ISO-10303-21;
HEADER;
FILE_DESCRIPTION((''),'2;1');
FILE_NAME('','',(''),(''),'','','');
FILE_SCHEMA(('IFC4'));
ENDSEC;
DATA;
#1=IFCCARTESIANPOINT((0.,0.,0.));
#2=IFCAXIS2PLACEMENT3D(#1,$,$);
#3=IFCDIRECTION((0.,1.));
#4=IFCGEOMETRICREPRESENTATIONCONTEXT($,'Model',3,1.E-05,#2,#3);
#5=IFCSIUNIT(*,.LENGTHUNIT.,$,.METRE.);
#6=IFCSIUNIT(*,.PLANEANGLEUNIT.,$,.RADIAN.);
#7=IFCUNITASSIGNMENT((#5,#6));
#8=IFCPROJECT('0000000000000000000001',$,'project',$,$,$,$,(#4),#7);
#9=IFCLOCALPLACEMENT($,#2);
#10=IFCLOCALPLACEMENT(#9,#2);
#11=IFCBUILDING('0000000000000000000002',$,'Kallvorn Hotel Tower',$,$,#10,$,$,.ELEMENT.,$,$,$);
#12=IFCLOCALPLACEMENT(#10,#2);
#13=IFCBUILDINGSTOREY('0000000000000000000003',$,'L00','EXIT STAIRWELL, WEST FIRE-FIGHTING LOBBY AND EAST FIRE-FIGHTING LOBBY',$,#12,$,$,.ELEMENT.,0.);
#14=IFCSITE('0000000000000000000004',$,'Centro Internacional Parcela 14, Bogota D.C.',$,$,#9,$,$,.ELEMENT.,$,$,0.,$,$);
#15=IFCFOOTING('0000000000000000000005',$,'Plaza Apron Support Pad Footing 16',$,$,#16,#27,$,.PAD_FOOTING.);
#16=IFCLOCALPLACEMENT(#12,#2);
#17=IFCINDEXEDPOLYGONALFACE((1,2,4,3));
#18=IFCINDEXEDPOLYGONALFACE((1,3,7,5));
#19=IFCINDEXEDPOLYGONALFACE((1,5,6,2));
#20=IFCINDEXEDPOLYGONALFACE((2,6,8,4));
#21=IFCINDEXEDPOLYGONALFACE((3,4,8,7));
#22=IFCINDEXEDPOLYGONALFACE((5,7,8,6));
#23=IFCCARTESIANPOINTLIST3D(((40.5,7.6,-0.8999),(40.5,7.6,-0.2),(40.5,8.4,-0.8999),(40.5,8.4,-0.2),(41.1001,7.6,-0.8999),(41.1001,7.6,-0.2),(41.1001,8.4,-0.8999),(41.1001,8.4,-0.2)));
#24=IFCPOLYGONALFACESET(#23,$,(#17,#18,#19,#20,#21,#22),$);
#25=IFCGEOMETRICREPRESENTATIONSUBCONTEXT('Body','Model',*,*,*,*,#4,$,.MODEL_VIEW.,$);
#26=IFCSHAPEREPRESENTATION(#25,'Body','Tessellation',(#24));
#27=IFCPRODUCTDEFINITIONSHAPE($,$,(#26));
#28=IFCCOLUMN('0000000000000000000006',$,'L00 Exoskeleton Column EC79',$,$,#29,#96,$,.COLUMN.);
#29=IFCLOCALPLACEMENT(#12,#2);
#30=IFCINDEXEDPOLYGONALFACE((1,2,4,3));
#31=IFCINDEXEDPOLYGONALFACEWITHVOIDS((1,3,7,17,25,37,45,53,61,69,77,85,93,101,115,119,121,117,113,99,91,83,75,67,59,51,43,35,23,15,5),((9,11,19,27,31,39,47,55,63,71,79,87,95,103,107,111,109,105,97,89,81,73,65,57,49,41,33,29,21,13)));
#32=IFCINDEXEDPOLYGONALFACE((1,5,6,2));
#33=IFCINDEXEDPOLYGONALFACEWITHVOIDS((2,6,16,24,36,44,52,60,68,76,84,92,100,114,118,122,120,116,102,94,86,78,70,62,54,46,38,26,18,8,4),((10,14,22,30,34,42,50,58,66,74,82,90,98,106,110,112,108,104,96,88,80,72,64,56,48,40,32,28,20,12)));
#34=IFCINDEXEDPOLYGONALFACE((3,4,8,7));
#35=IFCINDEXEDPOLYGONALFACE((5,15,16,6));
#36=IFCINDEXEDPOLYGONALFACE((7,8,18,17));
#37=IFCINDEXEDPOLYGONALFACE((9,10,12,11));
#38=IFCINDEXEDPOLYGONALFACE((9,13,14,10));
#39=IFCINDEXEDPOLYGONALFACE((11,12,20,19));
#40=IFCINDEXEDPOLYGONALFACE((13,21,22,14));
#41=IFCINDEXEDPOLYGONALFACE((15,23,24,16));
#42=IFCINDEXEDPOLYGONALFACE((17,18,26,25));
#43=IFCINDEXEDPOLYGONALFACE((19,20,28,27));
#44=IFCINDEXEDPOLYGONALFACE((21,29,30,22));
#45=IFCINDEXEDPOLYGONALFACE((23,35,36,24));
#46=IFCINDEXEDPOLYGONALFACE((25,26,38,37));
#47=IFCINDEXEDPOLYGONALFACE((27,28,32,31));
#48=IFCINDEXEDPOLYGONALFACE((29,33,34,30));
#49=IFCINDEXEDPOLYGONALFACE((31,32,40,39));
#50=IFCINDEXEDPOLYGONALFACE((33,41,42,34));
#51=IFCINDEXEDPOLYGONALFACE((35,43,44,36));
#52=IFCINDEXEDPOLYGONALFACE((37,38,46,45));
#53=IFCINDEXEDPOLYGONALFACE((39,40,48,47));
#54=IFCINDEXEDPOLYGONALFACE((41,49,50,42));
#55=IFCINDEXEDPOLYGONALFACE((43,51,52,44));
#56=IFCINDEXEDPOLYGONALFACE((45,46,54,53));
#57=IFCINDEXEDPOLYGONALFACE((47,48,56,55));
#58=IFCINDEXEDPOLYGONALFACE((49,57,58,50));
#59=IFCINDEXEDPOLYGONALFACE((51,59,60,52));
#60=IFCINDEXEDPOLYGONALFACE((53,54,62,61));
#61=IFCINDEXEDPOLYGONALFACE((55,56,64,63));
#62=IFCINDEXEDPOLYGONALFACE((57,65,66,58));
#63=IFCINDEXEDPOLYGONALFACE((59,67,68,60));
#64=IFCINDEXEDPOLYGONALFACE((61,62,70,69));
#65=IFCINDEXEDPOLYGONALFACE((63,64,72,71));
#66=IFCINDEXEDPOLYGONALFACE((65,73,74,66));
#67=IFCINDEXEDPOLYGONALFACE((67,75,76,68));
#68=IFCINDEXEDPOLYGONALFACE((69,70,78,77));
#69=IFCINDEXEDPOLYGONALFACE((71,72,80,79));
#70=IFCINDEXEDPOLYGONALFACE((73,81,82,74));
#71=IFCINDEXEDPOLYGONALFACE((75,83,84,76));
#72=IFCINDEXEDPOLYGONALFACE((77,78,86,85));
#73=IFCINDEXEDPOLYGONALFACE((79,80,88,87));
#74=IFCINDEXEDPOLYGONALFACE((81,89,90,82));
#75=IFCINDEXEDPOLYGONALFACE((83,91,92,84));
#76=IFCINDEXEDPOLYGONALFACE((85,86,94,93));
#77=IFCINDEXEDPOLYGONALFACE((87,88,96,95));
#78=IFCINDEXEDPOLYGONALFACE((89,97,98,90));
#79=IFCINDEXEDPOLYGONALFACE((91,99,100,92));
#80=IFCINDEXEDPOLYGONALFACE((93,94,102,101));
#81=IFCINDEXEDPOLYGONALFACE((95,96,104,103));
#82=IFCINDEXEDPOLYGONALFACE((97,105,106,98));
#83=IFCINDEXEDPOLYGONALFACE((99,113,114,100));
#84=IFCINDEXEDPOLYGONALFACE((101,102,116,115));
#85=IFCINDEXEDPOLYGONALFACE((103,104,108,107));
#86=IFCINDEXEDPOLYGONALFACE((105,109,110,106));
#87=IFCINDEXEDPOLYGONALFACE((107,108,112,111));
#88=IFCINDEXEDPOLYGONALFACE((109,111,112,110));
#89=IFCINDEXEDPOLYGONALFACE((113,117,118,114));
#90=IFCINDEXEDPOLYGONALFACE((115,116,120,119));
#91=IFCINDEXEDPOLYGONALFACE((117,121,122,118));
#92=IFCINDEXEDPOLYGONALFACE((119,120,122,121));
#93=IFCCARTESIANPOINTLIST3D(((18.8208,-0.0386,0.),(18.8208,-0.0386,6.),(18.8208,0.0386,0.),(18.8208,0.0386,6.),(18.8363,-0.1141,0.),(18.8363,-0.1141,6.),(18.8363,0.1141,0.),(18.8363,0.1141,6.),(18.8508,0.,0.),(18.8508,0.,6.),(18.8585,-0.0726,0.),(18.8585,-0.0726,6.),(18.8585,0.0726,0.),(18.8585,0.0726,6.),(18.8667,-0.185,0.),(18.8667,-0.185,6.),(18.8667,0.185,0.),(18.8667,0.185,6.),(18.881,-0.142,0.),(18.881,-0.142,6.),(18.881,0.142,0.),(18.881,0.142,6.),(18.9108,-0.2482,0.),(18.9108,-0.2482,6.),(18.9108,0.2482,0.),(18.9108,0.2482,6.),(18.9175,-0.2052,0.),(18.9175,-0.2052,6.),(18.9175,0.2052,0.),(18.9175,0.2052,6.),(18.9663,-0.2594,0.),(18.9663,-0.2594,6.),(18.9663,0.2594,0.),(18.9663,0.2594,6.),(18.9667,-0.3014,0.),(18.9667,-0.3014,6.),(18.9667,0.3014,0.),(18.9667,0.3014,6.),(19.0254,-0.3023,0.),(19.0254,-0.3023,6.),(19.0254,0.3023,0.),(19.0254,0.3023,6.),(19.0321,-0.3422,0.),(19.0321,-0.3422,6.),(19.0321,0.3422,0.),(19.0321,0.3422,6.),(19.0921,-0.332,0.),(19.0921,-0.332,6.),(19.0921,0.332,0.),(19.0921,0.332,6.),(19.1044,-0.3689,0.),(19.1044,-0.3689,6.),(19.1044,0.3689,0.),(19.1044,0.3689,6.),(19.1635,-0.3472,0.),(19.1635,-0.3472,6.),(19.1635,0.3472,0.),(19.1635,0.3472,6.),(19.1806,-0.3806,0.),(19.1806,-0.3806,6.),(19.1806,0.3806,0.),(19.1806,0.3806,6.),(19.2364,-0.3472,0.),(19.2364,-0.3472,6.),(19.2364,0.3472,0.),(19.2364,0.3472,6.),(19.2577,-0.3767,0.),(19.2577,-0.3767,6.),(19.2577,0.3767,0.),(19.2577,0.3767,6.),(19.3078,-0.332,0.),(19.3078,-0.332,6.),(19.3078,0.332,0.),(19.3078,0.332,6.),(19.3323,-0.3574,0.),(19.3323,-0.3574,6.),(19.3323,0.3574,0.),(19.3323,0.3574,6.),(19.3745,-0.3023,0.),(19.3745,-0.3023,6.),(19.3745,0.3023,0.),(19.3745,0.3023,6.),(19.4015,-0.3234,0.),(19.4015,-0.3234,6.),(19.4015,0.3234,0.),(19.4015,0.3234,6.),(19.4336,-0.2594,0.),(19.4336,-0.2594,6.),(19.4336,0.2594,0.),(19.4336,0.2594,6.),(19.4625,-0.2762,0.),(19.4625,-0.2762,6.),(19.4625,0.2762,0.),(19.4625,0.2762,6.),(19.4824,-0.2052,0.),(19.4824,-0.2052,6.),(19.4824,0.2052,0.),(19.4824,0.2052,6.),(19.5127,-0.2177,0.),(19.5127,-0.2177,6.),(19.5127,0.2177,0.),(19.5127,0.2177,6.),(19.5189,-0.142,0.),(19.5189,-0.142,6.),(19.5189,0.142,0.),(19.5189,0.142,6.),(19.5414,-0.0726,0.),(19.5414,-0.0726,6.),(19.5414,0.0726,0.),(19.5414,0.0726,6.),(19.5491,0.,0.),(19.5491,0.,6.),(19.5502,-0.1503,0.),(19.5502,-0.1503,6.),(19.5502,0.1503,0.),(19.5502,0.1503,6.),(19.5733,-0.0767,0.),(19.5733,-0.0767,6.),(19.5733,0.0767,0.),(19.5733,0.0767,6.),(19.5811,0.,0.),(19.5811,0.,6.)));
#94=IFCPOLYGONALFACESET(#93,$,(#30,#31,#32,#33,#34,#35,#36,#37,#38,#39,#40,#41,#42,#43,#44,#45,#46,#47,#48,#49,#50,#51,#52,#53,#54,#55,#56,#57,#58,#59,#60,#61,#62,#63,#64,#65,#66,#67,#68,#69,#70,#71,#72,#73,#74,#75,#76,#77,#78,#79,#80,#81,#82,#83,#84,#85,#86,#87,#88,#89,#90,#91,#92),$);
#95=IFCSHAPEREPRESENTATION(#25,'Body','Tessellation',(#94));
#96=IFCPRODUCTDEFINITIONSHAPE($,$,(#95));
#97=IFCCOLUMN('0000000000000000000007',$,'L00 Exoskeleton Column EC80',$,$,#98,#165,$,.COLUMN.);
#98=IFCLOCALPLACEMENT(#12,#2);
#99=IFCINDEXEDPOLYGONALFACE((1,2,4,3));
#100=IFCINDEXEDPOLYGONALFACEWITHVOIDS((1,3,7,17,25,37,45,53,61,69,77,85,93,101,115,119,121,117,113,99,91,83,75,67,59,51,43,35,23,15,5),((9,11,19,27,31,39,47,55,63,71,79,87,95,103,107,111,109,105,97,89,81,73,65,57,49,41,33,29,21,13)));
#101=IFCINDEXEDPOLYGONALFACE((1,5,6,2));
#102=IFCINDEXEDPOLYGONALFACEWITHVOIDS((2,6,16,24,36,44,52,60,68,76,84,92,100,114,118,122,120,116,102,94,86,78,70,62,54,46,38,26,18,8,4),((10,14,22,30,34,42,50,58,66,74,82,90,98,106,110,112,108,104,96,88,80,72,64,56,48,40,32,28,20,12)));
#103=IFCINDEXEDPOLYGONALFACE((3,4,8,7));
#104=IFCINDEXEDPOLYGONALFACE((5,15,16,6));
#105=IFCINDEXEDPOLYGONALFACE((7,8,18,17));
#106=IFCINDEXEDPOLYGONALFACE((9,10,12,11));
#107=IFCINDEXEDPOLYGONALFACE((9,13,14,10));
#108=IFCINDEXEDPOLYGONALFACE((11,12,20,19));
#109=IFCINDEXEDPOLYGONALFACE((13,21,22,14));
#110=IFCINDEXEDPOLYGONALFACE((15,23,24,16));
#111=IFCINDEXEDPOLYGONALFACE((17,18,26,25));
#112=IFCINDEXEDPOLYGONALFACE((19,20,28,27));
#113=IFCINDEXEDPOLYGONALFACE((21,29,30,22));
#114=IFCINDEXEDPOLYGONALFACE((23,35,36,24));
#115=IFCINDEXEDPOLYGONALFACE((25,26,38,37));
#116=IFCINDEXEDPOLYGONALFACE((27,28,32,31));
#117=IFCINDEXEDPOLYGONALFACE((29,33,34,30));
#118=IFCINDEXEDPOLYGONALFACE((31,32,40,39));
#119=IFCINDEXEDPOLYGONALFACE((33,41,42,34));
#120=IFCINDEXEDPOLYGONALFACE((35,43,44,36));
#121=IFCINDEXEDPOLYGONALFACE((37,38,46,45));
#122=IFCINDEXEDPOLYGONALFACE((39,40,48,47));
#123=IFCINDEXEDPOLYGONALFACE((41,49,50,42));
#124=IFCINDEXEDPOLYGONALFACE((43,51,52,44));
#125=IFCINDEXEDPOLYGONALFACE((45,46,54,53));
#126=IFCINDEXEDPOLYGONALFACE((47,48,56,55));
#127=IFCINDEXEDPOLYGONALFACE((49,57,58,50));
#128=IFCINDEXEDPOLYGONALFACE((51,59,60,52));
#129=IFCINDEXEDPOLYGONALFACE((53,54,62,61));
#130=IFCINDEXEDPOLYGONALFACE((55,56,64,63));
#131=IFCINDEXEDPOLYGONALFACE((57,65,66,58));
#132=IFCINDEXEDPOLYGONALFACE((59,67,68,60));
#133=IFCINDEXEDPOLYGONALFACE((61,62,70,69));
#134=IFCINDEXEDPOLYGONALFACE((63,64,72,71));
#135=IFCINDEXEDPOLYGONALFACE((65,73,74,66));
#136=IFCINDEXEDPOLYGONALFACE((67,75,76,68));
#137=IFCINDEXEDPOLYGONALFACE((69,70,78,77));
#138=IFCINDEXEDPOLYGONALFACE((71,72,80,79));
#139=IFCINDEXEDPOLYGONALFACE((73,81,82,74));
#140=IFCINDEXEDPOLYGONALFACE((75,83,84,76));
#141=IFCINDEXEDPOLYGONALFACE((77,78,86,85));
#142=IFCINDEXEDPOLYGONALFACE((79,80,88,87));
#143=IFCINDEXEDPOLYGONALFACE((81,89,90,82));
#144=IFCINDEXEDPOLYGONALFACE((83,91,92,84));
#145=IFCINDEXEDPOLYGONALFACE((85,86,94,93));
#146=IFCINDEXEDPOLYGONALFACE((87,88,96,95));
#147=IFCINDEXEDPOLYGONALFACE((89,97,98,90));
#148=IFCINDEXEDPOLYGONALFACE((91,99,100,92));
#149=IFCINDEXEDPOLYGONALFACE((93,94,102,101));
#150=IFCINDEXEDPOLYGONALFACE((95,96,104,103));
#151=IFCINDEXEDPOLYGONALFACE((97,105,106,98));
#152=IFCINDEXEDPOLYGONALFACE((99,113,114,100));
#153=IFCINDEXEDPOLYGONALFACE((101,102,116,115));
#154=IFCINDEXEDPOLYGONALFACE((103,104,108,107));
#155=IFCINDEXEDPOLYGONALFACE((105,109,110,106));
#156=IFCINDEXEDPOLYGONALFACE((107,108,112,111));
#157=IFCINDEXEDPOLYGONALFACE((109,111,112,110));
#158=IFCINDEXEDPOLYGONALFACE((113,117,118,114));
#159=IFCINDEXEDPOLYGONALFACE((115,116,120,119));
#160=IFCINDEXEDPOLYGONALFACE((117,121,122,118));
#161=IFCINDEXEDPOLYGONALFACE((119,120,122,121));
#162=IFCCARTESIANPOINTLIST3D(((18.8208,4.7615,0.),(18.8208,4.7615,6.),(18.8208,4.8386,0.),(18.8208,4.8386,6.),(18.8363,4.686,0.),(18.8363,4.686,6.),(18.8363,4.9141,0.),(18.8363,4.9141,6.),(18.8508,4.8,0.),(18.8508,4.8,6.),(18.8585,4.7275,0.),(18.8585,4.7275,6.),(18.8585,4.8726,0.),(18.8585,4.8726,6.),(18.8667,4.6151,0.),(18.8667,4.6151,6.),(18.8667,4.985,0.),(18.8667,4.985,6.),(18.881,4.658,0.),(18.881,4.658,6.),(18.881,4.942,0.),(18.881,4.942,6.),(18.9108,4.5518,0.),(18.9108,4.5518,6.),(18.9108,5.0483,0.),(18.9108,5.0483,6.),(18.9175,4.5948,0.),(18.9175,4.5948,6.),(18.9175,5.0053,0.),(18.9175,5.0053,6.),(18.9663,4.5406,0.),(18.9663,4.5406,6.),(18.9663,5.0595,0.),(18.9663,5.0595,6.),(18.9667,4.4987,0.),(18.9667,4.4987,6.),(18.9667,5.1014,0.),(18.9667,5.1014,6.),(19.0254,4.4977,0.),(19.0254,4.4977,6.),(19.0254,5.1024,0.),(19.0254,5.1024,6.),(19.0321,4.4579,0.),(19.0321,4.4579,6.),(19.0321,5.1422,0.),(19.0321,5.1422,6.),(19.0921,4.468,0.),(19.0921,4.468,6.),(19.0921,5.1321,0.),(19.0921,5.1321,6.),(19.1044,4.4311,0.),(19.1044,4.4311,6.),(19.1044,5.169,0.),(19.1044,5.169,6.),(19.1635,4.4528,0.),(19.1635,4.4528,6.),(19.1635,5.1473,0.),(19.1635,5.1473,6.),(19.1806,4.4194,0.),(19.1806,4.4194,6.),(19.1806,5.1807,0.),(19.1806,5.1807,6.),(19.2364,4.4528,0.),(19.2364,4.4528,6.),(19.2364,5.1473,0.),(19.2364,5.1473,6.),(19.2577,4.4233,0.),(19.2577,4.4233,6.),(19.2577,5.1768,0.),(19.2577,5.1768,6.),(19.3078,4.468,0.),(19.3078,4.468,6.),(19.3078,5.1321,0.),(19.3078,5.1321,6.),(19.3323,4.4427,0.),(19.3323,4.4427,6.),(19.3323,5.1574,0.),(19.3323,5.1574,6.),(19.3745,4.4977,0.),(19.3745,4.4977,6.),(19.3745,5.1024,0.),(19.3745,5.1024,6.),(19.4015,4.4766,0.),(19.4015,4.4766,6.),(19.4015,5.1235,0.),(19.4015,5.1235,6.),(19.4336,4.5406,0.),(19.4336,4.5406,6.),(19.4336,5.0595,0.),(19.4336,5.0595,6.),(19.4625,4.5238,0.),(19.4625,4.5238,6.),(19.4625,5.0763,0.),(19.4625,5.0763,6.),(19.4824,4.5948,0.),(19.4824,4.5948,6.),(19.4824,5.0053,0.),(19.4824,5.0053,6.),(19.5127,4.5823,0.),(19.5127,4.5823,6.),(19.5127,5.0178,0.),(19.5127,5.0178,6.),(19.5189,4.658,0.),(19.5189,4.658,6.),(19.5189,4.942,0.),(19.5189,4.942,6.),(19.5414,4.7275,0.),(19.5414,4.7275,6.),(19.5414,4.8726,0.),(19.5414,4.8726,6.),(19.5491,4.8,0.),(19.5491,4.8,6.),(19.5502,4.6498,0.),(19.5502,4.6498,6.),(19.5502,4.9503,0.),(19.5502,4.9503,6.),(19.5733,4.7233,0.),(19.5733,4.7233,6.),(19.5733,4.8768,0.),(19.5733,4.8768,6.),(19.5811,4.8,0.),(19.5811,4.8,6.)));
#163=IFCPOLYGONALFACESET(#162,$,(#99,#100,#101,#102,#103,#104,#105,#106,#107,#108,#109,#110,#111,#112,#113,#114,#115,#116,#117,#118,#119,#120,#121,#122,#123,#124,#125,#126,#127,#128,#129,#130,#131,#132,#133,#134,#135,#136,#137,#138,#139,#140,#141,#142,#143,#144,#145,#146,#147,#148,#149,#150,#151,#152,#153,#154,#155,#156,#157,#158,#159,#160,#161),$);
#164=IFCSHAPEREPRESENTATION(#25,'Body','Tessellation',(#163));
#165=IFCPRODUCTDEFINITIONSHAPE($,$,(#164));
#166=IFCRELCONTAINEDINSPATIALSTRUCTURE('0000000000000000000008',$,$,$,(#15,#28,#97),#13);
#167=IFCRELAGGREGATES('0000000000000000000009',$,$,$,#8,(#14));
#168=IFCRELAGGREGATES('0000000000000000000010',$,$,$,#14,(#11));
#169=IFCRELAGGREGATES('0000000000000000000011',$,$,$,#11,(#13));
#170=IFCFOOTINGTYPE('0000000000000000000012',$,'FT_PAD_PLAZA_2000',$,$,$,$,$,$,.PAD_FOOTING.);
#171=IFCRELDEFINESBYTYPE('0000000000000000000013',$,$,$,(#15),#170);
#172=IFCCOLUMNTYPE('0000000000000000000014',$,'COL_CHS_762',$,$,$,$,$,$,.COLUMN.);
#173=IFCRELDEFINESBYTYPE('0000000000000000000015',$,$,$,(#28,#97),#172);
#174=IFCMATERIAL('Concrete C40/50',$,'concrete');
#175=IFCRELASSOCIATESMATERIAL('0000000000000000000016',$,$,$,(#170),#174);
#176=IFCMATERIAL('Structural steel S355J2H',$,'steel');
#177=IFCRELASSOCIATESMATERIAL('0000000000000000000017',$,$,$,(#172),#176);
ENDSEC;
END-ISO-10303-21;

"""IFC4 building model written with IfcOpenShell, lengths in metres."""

from ifc_helpers import new_model, si_unit, direction, frame, origin, origin_2d, place, context, subcontext, project, spatial, rectangle, hollow_circle, extrude, material, material_profile, profile_set, type_object, element, save


model = new_model("IFC4")

# Units and contexts
model_context = context("Model", 3, precision=1e-05, world=origin(), true_north=direction((0.0, 1.0)))
body_context = subcontext(model_context, "Body", "Model", "MODEL_VIEW")
ifc_project = project(units=[si_unit("LENGTHUNIT", "METRE"), si_unit("PLANEANGLEUNIT", "RADIAN")], contexts=[model_context])

# Site, building, storey
site_placement = place(None, origin())
site = spatial("IfcSite", under=ifc_project, at=site_placement, Name="Centro Internacional Parcela 14, Bogota D.C.", CompositionType="ELEMENT", RefElevation=0.0)
building_placement = place(site_placement, origin())
building = spatial("IfcBuilding", under=site, at=building_placement, Name="Kallvorn Hotel Tower", CompositionType="ELEMENT")
storey_placement = place(building_placement, origin())
storey = spatial("IfcBuildingStorey", under=building, at=storey_placement, Name="L00", Description="EXIT STAIRWELL, WEST FIRE-FIGHTING LOBBY AND EAST FIRE-FIGHTING LOBBY", CompositionType="ELEMENT", Elevation=0.0)

# Footing
ifc_material_1 = material(Name="Concrete C40/50", Category="concrete")
footing_type = type_object("IfcFootingType", Name="FT_PAD_PLAZA_2000", PredefinedType="PAD_FOOTING", material=ifc_material_1)
footing_placement = place(storey_placement, frame((40.8, 8.0, -0.8999), z_axis=(0.0, 0.0, 1.0), x_axis=(1.0, 0.0, 0.0)))
element("IfcFooting", 1, at=footing_placement, inside=storey, type_object=footing_type, Name="Plaza Apron Support Pad Footing 16", PredefinedType="PAD_FOOTING", context=body_context, shape_type="SweptSolid", body=[
    extrude(rectangle(XDim=0.6001, YDim=0.8, at=origin_2d()), origin(), (0.0, 0.0, 1.0), 0.7),
])

# Columns
ifc_material_2 = material(Name="Structural steel S355J2H", Category="steel")
ifc_material_profile_1 = material_profile(ifc_material_2, hollow_circle(Radius=0.3811, WallThickness=0.032, at=origin_2d()), Name="CHS 762x32")
ifc_profile_set_1 = profile_set([ifc_material_profile_1], Name="Structural steel S355J2H")
column_type_1 = type_object("IfcColumnType", Name="COL_CHS_762", PredefinedType="COLUMN", material=ifc_profile_set_1)
for number, where, z_axis, x_axis, name in (
    (2, (19.2, 0.0, 0.0), (0.0, 0.0, 1.0), (1.0, 0.0, 0.0), "L00 Exoskeleton Column EC79"),
    (3, (19.2, 4.8, 0.0), (0.0, 0.0, 1.0), (1.0, 0.0, 0.0), "L00 Exoskeleton Column EC80"),
):
    element("IfcColumn", number, at=place(storey_placement, frame(where, z_axis=z_axis, x_axis=x_axis)), inside=storey, type_object=column_type_1, Name=name, PredefinedType="COLUMN", context=body_context, shape_type="SweptSolid", body=[
        extrude(hollow_circle(Radius=0.3811, WallThickness=0.032, at=origin_2d()), origin(), (0.0, 0.0, 1.0), 6.0),
    ])

save(model, "model.ifc")
